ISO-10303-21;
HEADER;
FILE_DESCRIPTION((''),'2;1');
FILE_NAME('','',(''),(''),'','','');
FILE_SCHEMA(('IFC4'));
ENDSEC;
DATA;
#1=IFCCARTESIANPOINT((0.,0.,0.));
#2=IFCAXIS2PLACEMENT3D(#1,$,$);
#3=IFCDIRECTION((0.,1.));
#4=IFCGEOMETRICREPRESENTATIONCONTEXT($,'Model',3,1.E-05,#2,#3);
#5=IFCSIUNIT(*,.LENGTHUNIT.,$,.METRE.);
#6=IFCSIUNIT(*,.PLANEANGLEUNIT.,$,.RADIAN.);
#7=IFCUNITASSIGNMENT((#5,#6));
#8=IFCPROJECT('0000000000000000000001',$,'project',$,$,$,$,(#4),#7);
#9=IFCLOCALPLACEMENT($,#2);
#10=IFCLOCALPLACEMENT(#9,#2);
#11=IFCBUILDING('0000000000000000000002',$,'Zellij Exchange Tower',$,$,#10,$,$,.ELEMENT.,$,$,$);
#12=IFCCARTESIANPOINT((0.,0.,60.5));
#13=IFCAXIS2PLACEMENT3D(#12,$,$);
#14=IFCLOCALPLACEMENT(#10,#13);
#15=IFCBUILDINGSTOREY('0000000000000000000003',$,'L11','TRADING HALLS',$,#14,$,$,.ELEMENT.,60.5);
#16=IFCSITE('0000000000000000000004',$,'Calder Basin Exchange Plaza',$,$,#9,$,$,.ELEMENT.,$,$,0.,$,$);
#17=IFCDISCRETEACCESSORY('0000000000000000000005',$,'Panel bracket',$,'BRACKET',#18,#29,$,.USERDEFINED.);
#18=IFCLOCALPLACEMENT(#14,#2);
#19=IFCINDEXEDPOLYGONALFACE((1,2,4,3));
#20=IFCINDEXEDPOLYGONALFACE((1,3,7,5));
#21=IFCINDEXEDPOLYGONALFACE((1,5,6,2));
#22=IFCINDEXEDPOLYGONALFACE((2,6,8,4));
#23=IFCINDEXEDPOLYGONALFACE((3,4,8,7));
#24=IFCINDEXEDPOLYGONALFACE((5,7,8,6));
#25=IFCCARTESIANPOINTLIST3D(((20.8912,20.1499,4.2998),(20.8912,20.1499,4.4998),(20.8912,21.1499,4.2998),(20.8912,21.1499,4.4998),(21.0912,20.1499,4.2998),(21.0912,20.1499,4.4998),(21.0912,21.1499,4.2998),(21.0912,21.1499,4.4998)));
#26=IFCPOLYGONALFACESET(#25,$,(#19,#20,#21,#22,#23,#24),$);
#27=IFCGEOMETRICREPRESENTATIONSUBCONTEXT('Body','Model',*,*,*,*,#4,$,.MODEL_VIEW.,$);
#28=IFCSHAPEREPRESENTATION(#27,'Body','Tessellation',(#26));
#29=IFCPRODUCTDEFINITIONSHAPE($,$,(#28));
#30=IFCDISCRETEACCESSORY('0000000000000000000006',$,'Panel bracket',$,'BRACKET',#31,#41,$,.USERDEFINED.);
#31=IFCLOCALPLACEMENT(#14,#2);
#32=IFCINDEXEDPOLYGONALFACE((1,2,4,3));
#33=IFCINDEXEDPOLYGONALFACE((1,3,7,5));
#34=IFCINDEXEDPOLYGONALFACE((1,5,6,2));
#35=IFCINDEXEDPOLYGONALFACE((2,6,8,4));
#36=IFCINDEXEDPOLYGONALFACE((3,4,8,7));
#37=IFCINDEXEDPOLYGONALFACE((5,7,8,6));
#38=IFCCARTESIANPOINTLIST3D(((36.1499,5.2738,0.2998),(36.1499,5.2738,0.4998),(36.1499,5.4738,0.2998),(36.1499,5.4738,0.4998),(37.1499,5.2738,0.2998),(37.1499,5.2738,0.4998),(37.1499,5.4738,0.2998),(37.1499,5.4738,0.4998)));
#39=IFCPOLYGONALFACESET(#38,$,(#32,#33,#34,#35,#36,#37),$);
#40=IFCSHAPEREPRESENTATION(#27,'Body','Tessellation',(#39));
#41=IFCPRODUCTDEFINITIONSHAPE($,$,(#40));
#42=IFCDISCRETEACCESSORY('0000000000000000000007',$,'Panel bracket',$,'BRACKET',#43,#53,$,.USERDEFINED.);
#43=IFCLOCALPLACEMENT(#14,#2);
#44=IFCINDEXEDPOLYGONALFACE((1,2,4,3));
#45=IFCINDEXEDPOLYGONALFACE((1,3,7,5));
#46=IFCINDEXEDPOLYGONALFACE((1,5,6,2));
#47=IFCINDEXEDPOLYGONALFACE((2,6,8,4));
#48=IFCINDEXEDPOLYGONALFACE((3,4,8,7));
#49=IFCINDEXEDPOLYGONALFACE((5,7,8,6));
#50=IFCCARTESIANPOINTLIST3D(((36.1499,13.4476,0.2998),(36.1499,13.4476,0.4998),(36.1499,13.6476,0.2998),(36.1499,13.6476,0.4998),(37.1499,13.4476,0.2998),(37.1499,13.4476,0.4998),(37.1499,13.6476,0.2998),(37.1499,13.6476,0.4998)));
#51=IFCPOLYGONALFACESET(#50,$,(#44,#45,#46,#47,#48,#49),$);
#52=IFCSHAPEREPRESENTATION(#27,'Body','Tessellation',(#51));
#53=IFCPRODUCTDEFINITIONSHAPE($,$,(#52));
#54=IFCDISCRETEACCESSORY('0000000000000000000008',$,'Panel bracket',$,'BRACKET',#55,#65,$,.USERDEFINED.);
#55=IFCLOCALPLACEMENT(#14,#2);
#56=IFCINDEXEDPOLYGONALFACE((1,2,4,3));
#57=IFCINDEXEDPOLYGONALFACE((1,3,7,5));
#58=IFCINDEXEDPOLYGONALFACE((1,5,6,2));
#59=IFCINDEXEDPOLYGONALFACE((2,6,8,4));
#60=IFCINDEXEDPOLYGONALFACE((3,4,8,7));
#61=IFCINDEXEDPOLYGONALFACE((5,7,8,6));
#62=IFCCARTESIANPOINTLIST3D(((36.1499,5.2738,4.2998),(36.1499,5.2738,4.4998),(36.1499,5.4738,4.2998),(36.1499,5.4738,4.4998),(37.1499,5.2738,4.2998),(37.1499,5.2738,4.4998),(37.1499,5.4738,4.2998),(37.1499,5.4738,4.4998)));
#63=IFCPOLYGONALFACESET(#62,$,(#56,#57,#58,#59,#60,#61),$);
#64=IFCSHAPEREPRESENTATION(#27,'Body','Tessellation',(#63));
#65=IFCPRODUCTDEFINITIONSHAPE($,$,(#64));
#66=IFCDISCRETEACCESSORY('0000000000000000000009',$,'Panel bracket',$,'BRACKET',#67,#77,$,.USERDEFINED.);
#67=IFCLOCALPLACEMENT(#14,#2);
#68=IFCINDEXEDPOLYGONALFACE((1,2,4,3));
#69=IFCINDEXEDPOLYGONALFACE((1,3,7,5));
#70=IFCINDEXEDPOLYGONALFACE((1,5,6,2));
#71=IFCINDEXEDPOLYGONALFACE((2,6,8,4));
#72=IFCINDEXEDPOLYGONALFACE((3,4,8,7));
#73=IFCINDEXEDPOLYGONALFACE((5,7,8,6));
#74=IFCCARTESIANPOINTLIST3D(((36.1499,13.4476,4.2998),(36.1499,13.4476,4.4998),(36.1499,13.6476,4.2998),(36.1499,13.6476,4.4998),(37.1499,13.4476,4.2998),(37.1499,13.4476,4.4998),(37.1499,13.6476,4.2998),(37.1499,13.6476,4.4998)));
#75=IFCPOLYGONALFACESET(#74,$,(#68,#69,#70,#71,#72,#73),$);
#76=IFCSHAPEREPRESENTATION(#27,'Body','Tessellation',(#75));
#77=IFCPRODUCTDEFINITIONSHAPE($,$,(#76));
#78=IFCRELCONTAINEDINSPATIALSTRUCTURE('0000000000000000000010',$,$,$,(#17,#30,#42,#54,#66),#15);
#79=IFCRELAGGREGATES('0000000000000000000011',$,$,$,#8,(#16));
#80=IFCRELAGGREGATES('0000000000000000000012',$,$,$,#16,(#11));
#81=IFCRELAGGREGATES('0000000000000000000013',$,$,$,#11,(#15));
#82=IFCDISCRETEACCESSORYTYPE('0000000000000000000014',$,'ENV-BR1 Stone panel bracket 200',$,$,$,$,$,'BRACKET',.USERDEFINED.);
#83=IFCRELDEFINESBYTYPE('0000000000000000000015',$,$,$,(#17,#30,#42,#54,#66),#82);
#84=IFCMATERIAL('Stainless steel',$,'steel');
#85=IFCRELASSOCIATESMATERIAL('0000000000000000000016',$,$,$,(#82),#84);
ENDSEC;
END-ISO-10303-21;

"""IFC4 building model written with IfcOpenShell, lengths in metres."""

from ifc_helpers import new_model, si_unit, direction, frame, origin, origin_2d, place, context, subcontext, project, spatial, rectangle, extrude, material, type_object, element, save


model = new_model("IFC4")

# Units and contexts
model_context = context("Model", 3, precision=1e-05, world=origin(), true_north=direction((0.0, 1.0)))
body_context = subcontext(model_context, "Body", "Model", "MODEL_VIEW")
ifc_project = project(units=[si_unit("LENGTHUNIT", "METRE"), si_unit("PLANEANGLEUNIT", "RADIAN")], contexts=[model_context])

# Site, building, storey
site_placement = place(None, origin())
site = spatial("IfcSite", under=ifc_project, at=site_placement, Name="Calder Basin Exchange Plaza", CompositionType="ELEMENT", RefElevation=0.0)
building_placement = place(site_placement, origin())
building = spatial("IfcBuilding", under=site, at=building_placement, Name="Zellij Exchange Tower", CompositionType="ELEMENT")
storey_placement = place(building_placement, frame((0.0, 0.0, 60.5)))
storey = spatial("IfcBuildingStorey", under=building, at=storey_placement, Name="L11", Description="TRADING HALLS", CompositionType="ELEMENT", Elevation=60.5)

# Discrete accessories
ifc_material_1 = material(Name="Stainless steel", Category="steel")
discrete_accessory_type = type_object("IfcDiscreteAccessoryType", Name="ENV-BR1 Stone panel bracket 200", ElementType="BRACKET", PredefinedType="USERDEFINED", material=ifc_material_1)
for number, where, z_axis, x_axis, name in (
    (1, (20.9912, 20.6499, 4.2998), (0.0, 0.0, 1.0), (-1.0, 0.0, 0.0), "Panel bracket"),
    (2, (36.6499, 5.3738, 0.2998), (0.0, 0.0, 1.0), (0.0, 1.0, 0.0), "Panel bracket"),
    (3, (36.6499, 13.5476, 0.2998), (0.0, 0.0, 1.0), (0.0, 1.0, 0.0), "Panel bracket"),
    (4, (36.6499, 5.3738, 4.2998), (0.0, 0.0, 1.0), (0.0, 1.0, 0.0), "Panel bracket"),
    (5, (36.6499, 13.5476, 4.2998), (0.0, 0.0, 1.0), (0.0, 1.0, 0.0), "Panel bracket"),
):
    element("IfcDiscreteAccessory", number, at=place(storey_placement, frame(where, z_axis=z_axis, x_axis=x_axis)), inside=storey, type_object=discrete_accessory_type, Name=name, ObjectType="BRACKET", PredefinedType="USERDEFINED", context=body_context, shape_type="SweptSolid", body=[
        extrude(rectangle(XDim=0.2, YDim=1.0, at=origin_2d()), origin(), (0.0, 0.0, 1.0), 0.2),
    ])

save(model, "model.ifc")
